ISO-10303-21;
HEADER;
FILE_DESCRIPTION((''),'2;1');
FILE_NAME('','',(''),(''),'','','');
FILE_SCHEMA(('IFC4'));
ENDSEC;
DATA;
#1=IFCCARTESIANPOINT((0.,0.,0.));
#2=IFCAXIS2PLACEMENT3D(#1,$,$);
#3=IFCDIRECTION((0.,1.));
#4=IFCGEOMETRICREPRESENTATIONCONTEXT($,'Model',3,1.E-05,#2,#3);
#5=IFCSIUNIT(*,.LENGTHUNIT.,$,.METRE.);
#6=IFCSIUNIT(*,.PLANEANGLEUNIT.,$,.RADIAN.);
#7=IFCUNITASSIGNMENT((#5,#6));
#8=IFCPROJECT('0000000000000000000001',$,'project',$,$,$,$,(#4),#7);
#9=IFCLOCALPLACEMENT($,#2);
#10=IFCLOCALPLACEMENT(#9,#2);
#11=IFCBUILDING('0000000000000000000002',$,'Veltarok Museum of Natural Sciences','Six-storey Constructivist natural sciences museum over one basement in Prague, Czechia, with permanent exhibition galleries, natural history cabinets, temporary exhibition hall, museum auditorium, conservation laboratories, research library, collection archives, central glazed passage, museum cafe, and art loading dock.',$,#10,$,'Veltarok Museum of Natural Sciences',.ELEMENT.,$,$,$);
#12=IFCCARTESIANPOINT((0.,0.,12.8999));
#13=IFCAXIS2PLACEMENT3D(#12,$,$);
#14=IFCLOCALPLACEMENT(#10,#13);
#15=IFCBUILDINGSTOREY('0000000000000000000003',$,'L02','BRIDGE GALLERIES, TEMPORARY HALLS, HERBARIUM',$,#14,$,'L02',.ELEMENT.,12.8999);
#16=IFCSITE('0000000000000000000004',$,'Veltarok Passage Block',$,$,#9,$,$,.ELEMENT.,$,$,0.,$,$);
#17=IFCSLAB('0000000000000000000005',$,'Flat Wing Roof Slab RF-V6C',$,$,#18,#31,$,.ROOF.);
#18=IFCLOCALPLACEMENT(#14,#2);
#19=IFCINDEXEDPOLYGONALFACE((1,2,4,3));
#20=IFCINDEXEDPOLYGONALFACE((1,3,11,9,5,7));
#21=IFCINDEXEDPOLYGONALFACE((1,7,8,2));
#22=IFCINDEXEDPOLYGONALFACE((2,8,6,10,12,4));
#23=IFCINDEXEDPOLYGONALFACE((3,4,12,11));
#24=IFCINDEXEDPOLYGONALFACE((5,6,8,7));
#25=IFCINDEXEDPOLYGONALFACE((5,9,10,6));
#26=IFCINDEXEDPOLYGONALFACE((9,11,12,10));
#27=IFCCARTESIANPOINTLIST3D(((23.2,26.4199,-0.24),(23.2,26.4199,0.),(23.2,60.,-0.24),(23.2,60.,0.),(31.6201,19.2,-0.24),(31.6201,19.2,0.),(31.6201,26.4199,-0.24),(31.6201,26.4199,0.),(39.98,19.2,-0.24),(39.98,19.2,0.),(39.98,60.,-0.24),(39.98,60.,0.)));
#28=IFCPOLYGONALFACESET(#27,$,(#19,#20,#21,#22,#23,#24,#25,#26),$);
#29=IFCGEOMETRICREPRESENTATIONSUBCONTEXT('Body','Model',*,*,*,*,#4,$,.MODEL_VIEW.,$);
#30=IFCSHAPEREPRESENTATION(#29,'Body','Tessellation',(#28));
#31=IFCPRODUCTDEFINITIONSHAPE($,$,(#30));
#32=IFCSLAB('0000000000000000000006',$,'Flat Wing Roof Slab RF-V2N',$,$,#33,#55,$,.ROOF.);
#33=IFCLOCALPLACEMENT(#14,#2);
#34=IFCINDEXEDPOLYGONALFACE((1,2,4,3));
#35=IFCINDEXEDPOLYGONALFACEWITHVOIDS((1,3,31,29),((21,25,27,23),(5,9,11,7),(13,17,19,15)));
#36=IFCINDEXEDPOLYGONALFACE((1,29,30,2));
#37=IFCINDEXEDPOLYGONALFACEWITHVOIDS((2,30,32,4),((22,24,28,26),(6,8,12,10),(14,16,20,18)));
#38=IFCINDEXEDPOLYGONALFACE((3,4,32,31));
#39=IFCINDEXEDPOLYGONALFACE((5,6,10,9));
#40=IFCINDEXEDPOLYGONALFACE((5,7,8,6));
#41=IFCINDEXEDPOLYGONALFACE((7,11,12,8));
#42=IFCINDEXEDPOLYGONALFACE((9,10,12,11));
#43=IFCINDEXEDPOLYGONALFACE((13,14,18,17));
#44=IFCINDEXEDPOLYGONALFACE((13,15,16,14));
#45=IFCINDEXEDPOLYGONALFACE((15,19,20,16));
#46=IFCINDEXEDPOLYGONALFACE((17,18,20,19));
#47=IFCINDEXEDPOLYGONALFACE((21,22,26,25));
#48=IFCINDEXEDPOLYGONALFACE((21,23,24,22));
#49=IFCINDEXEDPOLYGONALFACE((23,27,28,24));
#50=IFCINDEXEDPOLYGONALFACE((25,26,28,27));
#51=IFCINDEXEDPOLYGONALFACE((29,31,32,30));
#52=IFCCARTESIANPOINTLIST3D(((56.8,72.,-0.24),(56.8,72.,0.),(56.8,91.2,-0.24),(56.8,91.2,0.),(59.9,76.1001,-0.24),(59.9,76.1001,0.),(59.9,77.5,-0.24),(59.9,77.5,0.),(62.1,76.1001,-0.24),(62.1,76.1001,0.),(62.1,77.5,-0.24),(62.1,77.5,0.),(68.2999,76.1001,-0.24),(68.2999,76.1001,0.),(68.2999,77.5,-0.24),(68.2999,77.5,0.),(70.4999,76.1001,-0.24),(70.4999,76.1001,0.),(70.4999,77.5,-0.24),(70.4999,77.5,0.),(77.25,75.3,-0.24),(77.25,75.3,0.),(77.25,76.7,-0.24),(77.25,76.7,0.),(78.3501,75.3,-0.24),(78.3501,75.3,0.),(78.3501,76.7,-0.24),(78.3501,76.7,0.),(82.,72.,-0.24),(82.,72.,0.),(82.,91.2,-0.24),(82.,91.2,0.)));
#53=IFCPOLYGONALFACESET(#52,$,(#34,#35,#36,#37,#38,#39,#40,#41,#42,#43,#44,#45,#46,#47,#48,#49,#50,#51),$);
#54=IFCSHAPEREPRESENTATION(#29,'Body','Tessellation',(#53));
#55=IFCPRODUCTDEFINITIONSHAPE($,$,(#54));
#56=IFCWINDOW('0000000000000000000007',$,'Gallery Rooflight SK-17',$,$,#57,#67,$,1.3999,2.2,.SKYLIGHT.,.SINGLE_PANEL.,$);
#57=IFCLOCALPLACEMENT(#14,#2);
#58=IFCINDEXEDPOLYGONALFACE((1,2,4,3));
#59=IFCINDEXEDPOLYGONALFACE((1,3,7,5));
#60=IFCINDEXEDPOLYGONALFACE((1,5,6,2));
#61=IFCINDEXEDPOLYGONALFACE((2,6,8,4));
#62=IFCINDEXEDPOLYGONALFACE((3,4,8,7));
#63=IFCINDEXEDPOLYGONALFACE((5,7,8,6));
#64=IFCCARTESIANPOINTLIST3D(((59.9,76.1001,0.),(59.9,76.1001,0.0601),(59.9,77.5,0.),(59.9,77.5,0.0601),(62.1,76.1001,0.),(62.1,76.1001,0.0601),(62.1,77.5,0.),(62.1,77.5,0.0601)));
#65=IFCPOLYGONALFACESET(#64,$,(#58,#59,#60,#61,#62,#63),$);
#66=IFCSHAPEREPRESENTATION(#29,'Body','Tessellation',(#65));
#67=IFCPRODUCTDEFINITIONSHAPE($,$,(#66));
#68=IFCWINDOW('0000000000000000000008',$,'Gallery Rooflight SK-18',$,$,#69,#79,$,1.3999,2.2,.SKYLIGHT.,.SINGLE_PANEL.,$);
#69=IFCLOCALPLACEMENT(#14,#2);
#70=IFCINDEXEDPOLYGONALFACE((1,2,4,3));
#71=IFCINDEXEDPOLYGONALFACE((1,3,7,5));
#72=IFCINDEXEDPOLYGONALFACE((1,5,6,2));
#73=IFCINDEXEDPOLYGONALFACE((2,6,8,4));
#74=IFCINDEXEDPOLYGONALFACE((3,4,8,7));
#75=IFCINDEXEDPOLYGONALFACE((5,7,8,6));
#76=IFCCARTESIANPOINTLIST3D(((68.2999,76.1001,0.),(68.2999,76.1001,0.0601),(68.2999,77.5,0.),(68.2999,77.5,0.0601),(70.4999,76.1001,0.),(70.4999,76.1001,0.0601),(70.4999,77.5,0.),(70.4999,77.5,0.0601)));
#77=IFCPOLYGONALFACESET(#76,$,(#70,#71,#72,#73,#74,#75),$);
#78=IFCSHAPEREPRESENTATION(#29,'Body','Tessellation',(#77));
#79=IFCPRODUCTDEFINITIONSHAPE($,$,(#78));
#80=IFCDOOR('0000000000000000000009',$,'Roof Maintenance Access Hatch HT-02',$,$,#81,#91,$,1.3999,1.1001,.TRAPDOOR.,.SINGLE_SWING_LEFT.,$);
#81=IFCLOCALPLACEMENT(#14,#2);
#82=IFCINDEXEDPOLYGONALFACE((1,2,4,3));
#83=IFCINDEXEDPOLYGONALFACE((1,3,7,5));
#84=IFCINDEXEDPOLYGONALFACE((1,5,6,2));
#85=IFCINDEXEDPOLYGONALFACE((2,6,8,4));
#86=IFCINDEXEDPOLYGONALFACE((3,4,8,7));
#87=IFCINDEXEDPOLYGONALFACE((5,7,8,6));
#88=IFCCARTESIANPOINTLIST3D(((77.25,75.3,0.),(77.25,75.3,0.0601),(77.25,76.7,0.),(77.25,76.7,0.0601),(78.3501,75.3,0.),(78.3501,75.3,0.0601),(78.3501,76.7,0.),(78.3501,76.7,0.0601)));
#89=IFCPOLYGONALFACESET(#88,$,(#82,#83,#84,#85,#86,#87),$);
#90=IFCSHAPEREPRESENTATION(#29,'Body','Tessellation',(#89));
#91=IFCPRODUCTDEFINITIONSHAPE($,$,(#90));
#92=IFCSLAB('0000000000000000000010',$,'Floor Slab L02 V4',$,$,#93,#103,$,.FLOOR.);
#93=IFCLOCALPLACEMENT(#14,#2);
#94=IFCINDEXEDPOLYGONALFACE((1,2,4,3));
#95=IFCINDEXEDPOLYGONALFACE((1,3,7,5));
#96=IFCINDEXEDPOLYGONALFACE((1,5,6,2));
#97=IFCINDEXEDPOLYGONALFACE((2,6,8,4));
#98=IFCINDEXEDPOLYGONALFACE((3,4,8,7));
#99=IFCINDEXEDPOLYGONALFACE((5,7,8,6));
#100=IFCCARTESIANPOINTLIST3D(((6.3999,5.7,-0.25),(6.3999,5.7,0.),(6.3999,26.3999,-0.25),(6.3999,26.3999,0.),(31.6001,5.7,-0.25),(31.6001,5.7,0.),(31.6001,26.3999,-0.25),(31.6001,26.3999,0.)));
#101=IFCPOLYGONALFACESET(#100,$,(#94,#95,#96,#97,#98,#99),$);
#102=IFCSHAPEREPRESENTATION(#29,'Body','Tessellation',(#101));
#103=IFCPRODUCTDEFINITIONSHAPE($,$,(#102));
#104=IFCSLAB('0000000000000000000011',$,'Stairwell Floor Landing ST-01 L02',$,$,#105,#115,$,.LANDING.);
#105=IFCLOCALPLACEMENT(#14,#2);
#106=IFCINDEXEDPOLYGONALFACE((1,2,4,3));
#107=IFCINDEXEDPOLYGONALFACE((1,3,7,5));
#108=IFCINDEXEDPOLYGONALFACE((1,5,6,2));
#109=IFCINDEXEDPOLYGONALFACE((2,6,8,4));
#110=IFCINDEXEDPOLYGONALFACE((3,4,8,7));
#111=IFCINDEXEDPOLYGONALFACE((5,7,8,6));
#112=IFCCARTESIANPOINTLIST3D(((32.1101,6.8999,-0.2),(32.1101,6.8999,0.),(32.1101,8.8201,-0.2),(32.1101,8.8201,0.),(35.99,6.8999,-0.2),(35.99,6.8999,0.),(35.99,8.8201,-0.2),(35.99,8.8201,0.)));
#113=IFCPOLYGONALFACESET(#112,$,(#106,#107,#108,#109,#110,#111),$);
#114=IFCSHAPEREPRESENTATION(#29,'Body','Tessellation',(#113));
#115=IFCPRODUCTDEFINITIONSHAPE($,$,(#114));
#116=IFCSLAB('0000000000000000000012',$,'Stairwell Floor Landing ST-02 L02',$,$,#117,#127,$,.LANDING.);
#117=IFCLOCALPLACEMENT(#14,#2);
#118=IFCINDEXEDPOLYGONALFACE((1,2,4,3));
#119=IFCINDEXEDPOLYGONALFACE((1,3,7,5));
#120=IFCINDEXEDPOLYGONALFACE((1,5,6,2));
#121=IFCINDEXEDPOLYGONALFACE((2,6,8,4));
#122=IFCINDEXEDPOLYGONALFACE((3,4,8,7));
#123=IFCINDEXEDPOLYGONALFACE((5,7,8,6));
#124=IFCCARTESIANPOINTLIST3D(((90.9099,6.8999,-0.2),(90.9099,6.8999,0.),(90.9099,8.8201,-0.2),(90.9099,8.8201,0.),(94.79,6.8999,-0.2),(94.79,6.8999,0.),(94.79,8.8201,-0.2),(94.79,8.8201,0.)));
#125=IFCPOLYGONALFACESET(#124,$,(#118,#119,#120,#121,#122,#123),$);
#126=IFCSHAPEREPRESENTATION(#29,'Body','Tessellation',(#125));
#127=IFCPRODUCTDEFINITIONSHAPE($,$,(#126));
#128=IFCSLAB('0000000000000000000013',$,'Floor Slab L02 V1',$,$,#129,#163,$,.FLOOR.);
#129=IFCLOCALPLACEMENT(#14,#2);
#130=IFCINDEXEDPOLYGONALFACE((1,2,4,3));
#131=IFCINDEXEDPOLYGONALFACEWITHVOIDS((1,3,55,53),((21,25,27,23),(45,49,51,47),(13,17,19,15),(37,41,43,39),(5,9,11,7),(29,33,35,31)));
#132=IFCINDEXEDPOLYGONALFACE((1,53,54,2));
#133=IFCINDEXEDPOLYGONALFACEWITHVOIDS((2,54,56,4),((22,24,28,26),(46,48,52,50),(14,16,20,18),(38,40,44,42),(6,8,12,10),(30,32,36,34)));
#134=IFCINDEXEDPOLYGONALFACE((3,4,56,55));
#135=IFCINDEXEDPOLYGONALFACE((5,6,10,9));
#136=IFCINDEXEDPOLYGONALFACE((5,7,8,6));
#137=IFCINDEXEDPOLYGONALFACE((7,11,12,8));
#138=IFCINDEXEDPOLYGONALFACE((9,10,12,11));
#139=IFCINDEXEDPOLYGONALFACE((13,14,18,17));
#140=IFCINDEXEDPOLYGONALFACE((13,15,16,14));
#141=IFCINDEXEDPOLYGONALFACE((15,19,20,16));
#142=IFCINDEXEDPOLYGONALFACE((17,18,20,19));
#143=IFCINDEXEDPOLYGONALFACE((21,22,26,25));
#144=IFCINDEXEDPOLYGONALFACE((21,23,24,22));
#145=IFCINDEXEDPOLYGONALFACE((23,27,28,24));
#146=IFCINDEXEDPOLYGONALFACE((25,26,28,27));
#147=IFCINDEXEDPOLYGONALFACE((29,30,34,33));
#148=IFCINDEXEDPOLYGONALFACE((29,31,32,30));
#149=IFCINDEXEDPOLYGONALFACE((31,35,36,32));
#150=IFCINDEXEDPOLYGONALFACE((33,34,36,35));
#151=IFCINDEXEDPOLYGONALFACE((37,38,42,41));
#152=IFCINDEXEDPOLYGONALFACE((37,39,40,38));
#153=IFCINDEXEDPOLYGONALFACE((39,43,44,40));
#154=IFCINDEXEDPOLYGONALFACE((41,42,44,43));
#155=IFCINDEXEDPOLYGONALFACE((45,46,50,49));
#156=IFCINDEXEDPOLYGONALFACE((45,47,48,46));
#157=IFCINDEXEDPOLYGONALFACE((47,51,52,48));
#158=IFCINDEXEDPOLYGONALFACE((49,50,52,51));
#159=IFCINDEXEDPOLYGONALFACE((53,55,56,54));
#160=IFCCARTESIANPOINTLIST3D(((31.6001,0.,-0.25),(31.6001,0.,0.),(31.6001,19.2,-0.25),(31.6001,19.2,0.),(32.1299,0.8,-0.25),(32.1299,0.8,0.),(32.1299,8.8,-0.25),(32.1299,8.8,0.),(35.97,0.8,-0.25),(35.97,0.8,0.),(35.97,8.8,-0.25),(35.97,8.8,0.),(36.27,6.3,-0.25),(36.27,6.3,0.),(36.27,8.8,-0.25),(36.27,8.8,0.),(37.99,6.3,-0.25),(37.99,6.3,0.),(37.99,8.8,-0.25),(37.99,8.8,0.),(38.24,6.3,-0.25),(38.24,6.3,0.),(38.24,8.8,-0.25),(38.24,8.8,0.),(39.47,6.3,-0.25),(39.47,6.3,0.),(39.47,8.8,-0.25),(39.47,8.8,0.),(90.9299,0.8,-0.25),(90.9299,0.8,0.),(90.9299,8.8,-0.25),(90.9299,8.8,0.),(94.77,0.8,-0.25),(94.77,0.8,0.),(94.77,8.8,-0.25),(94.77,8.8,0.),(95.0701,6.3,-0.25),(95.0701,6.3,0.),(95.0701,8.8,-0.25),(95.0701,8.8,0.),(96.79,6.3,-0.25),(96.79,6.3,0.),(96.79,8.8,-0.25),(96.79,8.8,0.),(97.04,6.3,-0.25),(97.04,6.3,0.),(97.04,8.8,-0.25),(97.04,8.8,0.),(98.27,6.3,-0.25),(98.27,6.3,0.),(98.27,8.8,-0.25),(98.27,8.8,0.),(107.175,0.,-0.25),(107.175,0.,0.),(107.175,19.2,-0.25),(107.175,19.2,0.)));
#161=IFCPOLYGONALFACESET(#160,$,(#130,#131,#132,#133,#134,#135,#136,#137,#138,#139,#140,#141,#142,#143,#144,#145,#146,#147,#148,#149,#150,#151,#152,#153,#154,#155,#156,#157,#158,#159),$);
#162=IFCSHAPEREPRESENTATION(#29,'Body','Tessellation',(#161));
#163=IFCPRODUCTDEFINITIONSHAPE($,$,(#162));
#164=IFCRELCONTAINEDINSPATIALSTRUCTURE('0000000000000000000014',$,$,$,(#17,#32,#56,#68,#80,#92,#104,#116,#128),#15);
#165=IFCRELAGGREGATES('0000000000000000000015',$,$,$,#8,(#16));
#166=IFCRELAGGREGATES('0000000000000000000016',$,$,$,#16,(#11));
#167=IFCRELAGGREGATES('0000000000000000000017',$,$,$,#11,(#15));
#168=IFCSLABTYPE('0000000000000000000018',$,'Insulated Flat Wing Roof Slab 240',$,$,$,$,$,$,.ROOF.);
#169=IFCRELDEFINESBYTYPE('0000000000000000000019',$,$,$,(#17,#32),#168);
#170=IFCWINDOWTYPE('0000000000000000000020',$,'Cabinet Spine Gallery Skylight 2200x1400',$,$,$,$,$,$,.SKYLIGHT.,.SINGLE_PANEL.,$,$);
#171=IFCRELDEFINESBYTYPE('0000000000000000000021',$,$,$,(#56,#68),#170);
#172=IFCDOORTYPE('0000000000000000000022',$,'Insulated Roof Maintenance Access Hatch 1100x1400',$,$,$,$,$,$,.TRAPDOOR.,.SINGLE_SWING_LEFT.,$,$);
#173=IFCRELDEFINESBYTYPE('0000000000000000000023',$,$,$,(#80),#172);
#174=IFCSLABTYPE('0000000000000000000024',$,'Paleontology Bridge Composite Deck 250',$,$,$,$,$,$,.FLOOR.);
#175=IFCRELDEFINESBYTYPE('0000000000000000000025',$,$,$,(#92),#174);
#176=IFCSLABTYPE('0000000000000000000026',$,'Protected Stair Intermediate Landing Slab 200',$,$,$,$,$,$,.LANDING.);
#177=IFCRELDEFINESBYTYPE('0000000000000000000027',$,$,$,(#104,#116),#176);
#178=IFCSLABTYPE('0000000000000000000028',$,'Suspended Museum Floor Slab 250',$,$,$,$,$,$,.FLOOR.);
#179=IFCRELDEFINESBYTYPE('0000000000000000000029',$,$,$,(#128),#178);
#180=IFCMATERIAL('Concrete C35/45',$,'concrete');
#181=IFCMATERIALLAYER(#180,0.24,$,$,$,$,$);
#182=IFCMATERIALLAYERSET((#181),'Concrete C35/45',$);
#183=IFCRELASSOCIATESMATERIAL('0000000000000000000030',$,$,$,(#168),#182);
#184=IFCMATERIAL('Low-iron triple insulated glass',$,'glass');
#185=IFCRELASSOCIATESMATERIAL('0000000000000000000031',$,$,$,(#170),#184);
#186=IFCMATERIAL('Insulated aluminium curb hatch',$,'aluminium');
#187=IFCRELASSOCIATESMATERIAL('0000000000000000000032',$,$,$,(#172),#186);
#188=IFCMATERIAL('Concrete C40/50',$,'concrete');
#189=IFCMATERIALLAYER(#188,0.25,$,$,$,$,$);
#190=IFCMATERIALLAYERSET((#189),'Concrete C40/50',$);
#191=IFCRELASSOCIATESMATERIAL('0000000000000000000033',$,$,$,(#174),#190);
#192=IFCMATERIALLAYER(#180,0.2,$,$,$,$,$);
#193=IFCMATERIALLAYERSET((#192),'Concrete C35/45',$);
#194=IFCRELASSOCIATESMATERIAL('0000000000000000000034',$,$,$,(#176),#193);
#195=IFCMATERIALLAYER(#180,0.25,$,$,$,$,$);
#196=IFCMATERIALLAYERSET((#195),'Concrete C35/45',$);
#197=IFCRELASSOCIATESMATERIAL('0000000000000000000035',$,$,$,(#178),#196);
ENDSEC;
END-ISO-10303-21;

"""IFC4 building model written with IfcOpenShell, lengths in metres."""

from ifc_helpers import new_model, si_unit, direction, frame, origin, origin_2d, place, context, subcontext, project, spatial, polyline, rectangle, outline, extrude, material, layer, layer_set, type_object, element, fill, save


model = new_model("IFC4")

# Units and contexts
model_context = context("Model", 3, precision=1e-05, world=origin(), true_north=direction((0.0, 1.0)))
body_context = subcontext(model_context, "Body", "Model", "MODEL_VIEW")
ifc_project = project(units=[si_unit("LENGTHUNIT", "METRE"), si_unit("PLANEANGLEUNIT", "RADIAN")], contexts=[model_context])

# Site, building, storey
site_placement = place(None, origin())
site = spatial("IfcSite", under=ifc_project, at=site_placement, Name="Veltarok Passage Block", CompositionType="ELEMENT", RefElevation=0.0)
building_placement = place(site_placement, origin())
building = spatial("IfcBuilding", under=site, at=building_placement, Name="Veltarok Museum of Natural Sciences", Description="Six-storey Constructivist natural sciences museum over one basement in Prague, Czechia, with permanent exhibition galleries, natural history cabinets, temporary exhibition hall, museum auditorium, conservation laboratories, research library, collection archives, central glazed passage, museum cafe, and art loading dock.", LongName="Veltarok Museum of Natural Sciences", CompositionType="ELEMENT")
storey_placement = place(building_placement, frame((0.0, 0.0, 12.8999)))
storey = spatial("IfcBuildingStorey", under=building, at=storey_placement, Name="L02", Description="BRIDGE GALLERIES, TEMPORARY HALLS, HERBARIUM", LongName="L02", CompositionType="ELEMENT", Elevation=12.8999)

# Slab
ifc_material_1 = material(Name="Concrete C35/45", Category="concrete")
ifc_layer_1 = layer(ifc_material_1, 0.24)
ifc_layer_set_1 = layer_set([ifc_layer_1], Name="Concrete C35/45")
slab_type_1 = type_object("IfcSlabType", Name="Insulated Flat Wing Roof Slab 240", PredefinedType="ROOF", material=ifc_layer_set_1)
slab_1_placement = place(storey_placement, frame((0.0, 0.0, -0.24)))
element("IfcSlab", 1, at=slab_1_placement, inside=storey, type_object=slab_type_1, Name="Flat Wing Roof Slab RF-V6C", PredefinedType="ROOF", context=body_context, shape_type="SweptSolid", body=[
    extrude(outline(polyline([(39.98, 60.0), (39.98, 19.2), (31.6201, 19.2), (31.6201, 26.4199), (23.2, 26.4199), (23.2, 60.0), (39.98, 60.0)])), origin(), (0.0, 0.0, 1.0), 0.24),
])

# Slab, openings, windows, door
slab_2_placement = place(storey_placement, frame((0.0, 0.0, -0.24)))
slab_2 = element("IfcSlab", 2, at=slab_2_placement, inside=storey, type_object=slab_type_1, Name="Flat Wing Roof Slab RF-V2N", PredefinedType="ROOF", context=body_context, shape_type="SweptSolid", body=[
    extrude(outline(polyline([(56.8, 72.0), (56.8, 91.2), (82.0, 91.2), (82.0, 72.0), (56.8, 72.0)])), origin(), (0.0, 0.0, 1.0), 0.24),
])
opening_1_placement = place(slab_2_placement, frame((61.0, 76.8, -0.01)))
opening_1 = element("IfcOpeningElement", 3, at=opening_1_placement, cuts=slab_2, PredefinedType="OPENING", context=body_context, shape_type="SweptSolid", body=[
    extrude(rectangle(XDim=2.2, YDim=1.3999, at=origin_2d()), origin(), (0.0, 0.0, 1.0), 0.3201),
])
opening_2_placement = place(slab_2_placement, frame((69.3999, 76.8, -0.01)))
opening_2 = element("IfcOpeningElement", 4, at=opening_2_placement, cuts=slab_2, PredefinedType="OPENING", context=body_context, shape_type="SweptSolid", body=[
    extrude(rectangle(XDim=2.2, YDim=1.3999, at=origin_2d()), origin(), (0.0, 0.0, 1.0), 0.3201),
])
opening_3_placement = place(slab_2_placement, frame((77.8, 76.0, -0.01)))
opening_3 = element("IfcOpeningElement", 5, at=opening_3_placement, cuts=slab_2, PredefinedType="OPENING", context=body_context, shape_type="SweptSolid", body=[
    extrude(rectangle(XDim=1.1001, YDim=1.3999, at=origin_2d()), origin(), (0.0, 0.0, 1.0), 0.3201),
])
ifc_material_2 = material(Name="Low-iron triple insulated glass", Category="glass")
window_type = type_object("IfcWindowType", Name="Cabinet Spine Gallery Skylight 2200x1400", PartitioningType="SINGLE_PANEL", PredefinedType="SKYLIGHT", material=ifc_material_2)
window_1_placement = place(slab_2_placement, frame((61.0, 76.8, 0.24)))
window_1 = element("IfcWindow", 6, at=window_1_placement, inside=storey, type_object=window_type, Name="Gallery Rooflight SK-17", OverallHeight=1.3999, OverallWidth=2.2, PartitioningType="SINGLE_PANEL", PredefinedType="SKYLIGHT", context=body_context, shape_type="SweptSolid", body=[
    extrude(rectangle(XDim=2.2, YDim=1.3999, at=origin_2d()), origin(), (0.0, 0.0, 1.0), 0.0601),
])
fill(opening_1, window_1)
window_2_placement = place(slab_2_placement, frame((69.3999, 76.8, 0.24)))
window_2 = element("IfcWindow", 7, at=window_2_placement, inside=storey, type_object=window_type, Name="Gallery Rooflight SK-18", OverallHeight=1.3999, OverallWidth=2.2, PartitioningType="SINGLE_PANEL", PredefinedType="SKYLIGHT", context=body_context, shape_type="SweptSolid", body=[
    extrude(rectangle(XDim=2.2, YDim=1.3999, at=origin_2d()), origin(), (0.0, 0.0, 1.0), 0.0601),
])
fill(opening_2, window_2)
ifc_material_3 = material(Name="Insulated aluminium curb hatch", Category="aluminium")
door_type = type_object("IfcDoorType", Name="Insulated Roof Maintenance Access Hatch 1100x1400", OperationType="SINGLE_SWING_LEFT", PredefinedType="TRAPDOOR", material=ifc_material_3)
door_placement = place(slab_2_placement, frame((77.8, 76.0, 0.24)))
door = element("IfcDoor", 8, at=door_placement, inside=storey, type_object=door_type, Name="Roof Maintenance Access Hatch HT-02", OperationType="SINGLE_SWING_LEFT", OverallHeight=1.3999, OverallWidth=1.1001, PredefinedType="TRAPDOOR", context=body_context, shape_type="SweptSolid", body=[
    extrude(rectangle(XDim=1.1001, YDim=1.3999, at=origin_2d()), origin(), (0.0, 0.0, 1.0), 0.0601),
])
fill(opening_3, door)

# Slabs
ifc_material_4 = material(Name="Concrete C40/50", Category="concrete")
ifc_layer_2 = layer(ifc_material_4, 0.25)
ifc_layer_set_2 = layer_set([ifc_layer_2], Name="Concrete C40/50")
slab_type_2 = type_object("IfcSlabType", Name="Paleontology Bridge Composite Deck 250", PredefinedType="FLOOR", material=ifc_layer_set_2)
slab_3_placement = place(storey_placement, frame((0.0, 0.0, -0.25)))
element("IfcSlab", 9, at=slab_3_placement, inside=storey, type_object=slab_type_2, Name="Floor Slab L02 V4", PredefinedType="FLOOR", context=body_context, shape_type="SweptSolid", body=[
    extrude(outline(polyline([(6.3999, 5.7), (6.3999, 26.3999), (31.6001, 26.3999), (31.6001, 5.7), (6.3999, 5.7)])), origin(), (0.0, 0.0, 1.0), 0.25),
])
ifc_layer_3 = layer(ifc_material_1, 0.2)
ifc_layer_set_3 = layer_set([ifc_layer_3], Name="Concrete C35/45")
slab_type_3 = type_object("IfcSlabType", Name="Protected Stair Intermediate Landing Slab 200", PredefinedType="LANDING", material=ifc_layer_set_3)
slab_4_placement = place(storey_placement, frame((0.0, 0.0, -0.2)))
element("IfcSlab", 10, at=slab_4_placement, inside=storey, type_object=slab_type_3, Name="Stairwell Floor Landing ST-01 L02", PredefinedType="LANDING", context=body_context, shape_type="SweptSolid", body=[
    extrude(outline(polyline([(32.1101, 6.8999), (35.99, 6.8999), (35.99, 8.8201), (32.1101, 8.8201), (32.1101, 6.8999)])), origin(), (0.0, 0.0, 1.0), 0.2),
])
slab_5_placement = place(storey_placement, frame((0.0, 0.0, -0.2)))
element("IfcSlab", 11, at=slab_5_placement, inside=storey, type_object=slab_type_3, Name="Stairwell Floor Landing ST-02 L02", PredefinedType="LANDING", context=body_context, shape_type="SweptSolid", body=[
    extrude(outline(polyline([(90.9099, 6.8999), (94.79, 6.8999), (94.79, 8.8201), (90.9099, 8.8201), (90.9099, 6.8999)])), origin(), (0.0, 0.0, 1.0), 0.2),
])
ifc_layer_4 = layer(ifc_material_1, 0.25)
ifc_layer_set_4 = layer_set([ifc_layer_4], Name="Concrete C35/45")
slab_type_4 = type_object("IfcSlabType", Name="Suspended Museum Floor Slab 250", PredefinedType="FLOOR", material=ifc_layer_set_4)
slab_6_placement = place(storey_placement, frame((0.0, 0.0, -0.25)))
element("IfcSlab", 12, at=slab_6_placement, inside=storey, type_object=slab_type_4, Name="Floor Slab L02 V1", PredefinedType="FLOOR", context=body_context, shape_type="SweptSolid", body=[
    extrude(outline(polyline([(31.6001, 0.0), (31.6001, 19.2), (107.175, 19.2), (107.175, 0.0), (31.6001, 0.0)]), holes=[polyline([(32.1299, 8.8), (32.1299, 0.8), (35.97, 0.8), (35.97, 8.8), (32.1299, 8.8)]), polyline([(94.77, 8.8), (90.9299, 8.8), (90.9299, 0.8), (94.77, 0.8), (94.77, 8.8)]), polyline([(37.99, 8.8), (36.27, 8.8), (36.27, 6.3), (37.99, 6.3), (37.99, 8.8)]), polyline([(39.47, 8.8), (38.24, 8.8), (38.24, 6.3), (39.47, 6.3), (39.47, 8.8)]), polyline([(96.79, 8.8), (95.0701, 8.8), (95.0701, 6.3), (96.79, 6.3), (96.79, 8.8)]), polyline([(98.27, 8.8), (97.04, 8.8), (97.04, 6.3), (98.27, 6.3), (98.27, 8.8)])]), origin(), (0.0, 0.0, 1.0), 0.25),
])

save(model, "model.ifc")
